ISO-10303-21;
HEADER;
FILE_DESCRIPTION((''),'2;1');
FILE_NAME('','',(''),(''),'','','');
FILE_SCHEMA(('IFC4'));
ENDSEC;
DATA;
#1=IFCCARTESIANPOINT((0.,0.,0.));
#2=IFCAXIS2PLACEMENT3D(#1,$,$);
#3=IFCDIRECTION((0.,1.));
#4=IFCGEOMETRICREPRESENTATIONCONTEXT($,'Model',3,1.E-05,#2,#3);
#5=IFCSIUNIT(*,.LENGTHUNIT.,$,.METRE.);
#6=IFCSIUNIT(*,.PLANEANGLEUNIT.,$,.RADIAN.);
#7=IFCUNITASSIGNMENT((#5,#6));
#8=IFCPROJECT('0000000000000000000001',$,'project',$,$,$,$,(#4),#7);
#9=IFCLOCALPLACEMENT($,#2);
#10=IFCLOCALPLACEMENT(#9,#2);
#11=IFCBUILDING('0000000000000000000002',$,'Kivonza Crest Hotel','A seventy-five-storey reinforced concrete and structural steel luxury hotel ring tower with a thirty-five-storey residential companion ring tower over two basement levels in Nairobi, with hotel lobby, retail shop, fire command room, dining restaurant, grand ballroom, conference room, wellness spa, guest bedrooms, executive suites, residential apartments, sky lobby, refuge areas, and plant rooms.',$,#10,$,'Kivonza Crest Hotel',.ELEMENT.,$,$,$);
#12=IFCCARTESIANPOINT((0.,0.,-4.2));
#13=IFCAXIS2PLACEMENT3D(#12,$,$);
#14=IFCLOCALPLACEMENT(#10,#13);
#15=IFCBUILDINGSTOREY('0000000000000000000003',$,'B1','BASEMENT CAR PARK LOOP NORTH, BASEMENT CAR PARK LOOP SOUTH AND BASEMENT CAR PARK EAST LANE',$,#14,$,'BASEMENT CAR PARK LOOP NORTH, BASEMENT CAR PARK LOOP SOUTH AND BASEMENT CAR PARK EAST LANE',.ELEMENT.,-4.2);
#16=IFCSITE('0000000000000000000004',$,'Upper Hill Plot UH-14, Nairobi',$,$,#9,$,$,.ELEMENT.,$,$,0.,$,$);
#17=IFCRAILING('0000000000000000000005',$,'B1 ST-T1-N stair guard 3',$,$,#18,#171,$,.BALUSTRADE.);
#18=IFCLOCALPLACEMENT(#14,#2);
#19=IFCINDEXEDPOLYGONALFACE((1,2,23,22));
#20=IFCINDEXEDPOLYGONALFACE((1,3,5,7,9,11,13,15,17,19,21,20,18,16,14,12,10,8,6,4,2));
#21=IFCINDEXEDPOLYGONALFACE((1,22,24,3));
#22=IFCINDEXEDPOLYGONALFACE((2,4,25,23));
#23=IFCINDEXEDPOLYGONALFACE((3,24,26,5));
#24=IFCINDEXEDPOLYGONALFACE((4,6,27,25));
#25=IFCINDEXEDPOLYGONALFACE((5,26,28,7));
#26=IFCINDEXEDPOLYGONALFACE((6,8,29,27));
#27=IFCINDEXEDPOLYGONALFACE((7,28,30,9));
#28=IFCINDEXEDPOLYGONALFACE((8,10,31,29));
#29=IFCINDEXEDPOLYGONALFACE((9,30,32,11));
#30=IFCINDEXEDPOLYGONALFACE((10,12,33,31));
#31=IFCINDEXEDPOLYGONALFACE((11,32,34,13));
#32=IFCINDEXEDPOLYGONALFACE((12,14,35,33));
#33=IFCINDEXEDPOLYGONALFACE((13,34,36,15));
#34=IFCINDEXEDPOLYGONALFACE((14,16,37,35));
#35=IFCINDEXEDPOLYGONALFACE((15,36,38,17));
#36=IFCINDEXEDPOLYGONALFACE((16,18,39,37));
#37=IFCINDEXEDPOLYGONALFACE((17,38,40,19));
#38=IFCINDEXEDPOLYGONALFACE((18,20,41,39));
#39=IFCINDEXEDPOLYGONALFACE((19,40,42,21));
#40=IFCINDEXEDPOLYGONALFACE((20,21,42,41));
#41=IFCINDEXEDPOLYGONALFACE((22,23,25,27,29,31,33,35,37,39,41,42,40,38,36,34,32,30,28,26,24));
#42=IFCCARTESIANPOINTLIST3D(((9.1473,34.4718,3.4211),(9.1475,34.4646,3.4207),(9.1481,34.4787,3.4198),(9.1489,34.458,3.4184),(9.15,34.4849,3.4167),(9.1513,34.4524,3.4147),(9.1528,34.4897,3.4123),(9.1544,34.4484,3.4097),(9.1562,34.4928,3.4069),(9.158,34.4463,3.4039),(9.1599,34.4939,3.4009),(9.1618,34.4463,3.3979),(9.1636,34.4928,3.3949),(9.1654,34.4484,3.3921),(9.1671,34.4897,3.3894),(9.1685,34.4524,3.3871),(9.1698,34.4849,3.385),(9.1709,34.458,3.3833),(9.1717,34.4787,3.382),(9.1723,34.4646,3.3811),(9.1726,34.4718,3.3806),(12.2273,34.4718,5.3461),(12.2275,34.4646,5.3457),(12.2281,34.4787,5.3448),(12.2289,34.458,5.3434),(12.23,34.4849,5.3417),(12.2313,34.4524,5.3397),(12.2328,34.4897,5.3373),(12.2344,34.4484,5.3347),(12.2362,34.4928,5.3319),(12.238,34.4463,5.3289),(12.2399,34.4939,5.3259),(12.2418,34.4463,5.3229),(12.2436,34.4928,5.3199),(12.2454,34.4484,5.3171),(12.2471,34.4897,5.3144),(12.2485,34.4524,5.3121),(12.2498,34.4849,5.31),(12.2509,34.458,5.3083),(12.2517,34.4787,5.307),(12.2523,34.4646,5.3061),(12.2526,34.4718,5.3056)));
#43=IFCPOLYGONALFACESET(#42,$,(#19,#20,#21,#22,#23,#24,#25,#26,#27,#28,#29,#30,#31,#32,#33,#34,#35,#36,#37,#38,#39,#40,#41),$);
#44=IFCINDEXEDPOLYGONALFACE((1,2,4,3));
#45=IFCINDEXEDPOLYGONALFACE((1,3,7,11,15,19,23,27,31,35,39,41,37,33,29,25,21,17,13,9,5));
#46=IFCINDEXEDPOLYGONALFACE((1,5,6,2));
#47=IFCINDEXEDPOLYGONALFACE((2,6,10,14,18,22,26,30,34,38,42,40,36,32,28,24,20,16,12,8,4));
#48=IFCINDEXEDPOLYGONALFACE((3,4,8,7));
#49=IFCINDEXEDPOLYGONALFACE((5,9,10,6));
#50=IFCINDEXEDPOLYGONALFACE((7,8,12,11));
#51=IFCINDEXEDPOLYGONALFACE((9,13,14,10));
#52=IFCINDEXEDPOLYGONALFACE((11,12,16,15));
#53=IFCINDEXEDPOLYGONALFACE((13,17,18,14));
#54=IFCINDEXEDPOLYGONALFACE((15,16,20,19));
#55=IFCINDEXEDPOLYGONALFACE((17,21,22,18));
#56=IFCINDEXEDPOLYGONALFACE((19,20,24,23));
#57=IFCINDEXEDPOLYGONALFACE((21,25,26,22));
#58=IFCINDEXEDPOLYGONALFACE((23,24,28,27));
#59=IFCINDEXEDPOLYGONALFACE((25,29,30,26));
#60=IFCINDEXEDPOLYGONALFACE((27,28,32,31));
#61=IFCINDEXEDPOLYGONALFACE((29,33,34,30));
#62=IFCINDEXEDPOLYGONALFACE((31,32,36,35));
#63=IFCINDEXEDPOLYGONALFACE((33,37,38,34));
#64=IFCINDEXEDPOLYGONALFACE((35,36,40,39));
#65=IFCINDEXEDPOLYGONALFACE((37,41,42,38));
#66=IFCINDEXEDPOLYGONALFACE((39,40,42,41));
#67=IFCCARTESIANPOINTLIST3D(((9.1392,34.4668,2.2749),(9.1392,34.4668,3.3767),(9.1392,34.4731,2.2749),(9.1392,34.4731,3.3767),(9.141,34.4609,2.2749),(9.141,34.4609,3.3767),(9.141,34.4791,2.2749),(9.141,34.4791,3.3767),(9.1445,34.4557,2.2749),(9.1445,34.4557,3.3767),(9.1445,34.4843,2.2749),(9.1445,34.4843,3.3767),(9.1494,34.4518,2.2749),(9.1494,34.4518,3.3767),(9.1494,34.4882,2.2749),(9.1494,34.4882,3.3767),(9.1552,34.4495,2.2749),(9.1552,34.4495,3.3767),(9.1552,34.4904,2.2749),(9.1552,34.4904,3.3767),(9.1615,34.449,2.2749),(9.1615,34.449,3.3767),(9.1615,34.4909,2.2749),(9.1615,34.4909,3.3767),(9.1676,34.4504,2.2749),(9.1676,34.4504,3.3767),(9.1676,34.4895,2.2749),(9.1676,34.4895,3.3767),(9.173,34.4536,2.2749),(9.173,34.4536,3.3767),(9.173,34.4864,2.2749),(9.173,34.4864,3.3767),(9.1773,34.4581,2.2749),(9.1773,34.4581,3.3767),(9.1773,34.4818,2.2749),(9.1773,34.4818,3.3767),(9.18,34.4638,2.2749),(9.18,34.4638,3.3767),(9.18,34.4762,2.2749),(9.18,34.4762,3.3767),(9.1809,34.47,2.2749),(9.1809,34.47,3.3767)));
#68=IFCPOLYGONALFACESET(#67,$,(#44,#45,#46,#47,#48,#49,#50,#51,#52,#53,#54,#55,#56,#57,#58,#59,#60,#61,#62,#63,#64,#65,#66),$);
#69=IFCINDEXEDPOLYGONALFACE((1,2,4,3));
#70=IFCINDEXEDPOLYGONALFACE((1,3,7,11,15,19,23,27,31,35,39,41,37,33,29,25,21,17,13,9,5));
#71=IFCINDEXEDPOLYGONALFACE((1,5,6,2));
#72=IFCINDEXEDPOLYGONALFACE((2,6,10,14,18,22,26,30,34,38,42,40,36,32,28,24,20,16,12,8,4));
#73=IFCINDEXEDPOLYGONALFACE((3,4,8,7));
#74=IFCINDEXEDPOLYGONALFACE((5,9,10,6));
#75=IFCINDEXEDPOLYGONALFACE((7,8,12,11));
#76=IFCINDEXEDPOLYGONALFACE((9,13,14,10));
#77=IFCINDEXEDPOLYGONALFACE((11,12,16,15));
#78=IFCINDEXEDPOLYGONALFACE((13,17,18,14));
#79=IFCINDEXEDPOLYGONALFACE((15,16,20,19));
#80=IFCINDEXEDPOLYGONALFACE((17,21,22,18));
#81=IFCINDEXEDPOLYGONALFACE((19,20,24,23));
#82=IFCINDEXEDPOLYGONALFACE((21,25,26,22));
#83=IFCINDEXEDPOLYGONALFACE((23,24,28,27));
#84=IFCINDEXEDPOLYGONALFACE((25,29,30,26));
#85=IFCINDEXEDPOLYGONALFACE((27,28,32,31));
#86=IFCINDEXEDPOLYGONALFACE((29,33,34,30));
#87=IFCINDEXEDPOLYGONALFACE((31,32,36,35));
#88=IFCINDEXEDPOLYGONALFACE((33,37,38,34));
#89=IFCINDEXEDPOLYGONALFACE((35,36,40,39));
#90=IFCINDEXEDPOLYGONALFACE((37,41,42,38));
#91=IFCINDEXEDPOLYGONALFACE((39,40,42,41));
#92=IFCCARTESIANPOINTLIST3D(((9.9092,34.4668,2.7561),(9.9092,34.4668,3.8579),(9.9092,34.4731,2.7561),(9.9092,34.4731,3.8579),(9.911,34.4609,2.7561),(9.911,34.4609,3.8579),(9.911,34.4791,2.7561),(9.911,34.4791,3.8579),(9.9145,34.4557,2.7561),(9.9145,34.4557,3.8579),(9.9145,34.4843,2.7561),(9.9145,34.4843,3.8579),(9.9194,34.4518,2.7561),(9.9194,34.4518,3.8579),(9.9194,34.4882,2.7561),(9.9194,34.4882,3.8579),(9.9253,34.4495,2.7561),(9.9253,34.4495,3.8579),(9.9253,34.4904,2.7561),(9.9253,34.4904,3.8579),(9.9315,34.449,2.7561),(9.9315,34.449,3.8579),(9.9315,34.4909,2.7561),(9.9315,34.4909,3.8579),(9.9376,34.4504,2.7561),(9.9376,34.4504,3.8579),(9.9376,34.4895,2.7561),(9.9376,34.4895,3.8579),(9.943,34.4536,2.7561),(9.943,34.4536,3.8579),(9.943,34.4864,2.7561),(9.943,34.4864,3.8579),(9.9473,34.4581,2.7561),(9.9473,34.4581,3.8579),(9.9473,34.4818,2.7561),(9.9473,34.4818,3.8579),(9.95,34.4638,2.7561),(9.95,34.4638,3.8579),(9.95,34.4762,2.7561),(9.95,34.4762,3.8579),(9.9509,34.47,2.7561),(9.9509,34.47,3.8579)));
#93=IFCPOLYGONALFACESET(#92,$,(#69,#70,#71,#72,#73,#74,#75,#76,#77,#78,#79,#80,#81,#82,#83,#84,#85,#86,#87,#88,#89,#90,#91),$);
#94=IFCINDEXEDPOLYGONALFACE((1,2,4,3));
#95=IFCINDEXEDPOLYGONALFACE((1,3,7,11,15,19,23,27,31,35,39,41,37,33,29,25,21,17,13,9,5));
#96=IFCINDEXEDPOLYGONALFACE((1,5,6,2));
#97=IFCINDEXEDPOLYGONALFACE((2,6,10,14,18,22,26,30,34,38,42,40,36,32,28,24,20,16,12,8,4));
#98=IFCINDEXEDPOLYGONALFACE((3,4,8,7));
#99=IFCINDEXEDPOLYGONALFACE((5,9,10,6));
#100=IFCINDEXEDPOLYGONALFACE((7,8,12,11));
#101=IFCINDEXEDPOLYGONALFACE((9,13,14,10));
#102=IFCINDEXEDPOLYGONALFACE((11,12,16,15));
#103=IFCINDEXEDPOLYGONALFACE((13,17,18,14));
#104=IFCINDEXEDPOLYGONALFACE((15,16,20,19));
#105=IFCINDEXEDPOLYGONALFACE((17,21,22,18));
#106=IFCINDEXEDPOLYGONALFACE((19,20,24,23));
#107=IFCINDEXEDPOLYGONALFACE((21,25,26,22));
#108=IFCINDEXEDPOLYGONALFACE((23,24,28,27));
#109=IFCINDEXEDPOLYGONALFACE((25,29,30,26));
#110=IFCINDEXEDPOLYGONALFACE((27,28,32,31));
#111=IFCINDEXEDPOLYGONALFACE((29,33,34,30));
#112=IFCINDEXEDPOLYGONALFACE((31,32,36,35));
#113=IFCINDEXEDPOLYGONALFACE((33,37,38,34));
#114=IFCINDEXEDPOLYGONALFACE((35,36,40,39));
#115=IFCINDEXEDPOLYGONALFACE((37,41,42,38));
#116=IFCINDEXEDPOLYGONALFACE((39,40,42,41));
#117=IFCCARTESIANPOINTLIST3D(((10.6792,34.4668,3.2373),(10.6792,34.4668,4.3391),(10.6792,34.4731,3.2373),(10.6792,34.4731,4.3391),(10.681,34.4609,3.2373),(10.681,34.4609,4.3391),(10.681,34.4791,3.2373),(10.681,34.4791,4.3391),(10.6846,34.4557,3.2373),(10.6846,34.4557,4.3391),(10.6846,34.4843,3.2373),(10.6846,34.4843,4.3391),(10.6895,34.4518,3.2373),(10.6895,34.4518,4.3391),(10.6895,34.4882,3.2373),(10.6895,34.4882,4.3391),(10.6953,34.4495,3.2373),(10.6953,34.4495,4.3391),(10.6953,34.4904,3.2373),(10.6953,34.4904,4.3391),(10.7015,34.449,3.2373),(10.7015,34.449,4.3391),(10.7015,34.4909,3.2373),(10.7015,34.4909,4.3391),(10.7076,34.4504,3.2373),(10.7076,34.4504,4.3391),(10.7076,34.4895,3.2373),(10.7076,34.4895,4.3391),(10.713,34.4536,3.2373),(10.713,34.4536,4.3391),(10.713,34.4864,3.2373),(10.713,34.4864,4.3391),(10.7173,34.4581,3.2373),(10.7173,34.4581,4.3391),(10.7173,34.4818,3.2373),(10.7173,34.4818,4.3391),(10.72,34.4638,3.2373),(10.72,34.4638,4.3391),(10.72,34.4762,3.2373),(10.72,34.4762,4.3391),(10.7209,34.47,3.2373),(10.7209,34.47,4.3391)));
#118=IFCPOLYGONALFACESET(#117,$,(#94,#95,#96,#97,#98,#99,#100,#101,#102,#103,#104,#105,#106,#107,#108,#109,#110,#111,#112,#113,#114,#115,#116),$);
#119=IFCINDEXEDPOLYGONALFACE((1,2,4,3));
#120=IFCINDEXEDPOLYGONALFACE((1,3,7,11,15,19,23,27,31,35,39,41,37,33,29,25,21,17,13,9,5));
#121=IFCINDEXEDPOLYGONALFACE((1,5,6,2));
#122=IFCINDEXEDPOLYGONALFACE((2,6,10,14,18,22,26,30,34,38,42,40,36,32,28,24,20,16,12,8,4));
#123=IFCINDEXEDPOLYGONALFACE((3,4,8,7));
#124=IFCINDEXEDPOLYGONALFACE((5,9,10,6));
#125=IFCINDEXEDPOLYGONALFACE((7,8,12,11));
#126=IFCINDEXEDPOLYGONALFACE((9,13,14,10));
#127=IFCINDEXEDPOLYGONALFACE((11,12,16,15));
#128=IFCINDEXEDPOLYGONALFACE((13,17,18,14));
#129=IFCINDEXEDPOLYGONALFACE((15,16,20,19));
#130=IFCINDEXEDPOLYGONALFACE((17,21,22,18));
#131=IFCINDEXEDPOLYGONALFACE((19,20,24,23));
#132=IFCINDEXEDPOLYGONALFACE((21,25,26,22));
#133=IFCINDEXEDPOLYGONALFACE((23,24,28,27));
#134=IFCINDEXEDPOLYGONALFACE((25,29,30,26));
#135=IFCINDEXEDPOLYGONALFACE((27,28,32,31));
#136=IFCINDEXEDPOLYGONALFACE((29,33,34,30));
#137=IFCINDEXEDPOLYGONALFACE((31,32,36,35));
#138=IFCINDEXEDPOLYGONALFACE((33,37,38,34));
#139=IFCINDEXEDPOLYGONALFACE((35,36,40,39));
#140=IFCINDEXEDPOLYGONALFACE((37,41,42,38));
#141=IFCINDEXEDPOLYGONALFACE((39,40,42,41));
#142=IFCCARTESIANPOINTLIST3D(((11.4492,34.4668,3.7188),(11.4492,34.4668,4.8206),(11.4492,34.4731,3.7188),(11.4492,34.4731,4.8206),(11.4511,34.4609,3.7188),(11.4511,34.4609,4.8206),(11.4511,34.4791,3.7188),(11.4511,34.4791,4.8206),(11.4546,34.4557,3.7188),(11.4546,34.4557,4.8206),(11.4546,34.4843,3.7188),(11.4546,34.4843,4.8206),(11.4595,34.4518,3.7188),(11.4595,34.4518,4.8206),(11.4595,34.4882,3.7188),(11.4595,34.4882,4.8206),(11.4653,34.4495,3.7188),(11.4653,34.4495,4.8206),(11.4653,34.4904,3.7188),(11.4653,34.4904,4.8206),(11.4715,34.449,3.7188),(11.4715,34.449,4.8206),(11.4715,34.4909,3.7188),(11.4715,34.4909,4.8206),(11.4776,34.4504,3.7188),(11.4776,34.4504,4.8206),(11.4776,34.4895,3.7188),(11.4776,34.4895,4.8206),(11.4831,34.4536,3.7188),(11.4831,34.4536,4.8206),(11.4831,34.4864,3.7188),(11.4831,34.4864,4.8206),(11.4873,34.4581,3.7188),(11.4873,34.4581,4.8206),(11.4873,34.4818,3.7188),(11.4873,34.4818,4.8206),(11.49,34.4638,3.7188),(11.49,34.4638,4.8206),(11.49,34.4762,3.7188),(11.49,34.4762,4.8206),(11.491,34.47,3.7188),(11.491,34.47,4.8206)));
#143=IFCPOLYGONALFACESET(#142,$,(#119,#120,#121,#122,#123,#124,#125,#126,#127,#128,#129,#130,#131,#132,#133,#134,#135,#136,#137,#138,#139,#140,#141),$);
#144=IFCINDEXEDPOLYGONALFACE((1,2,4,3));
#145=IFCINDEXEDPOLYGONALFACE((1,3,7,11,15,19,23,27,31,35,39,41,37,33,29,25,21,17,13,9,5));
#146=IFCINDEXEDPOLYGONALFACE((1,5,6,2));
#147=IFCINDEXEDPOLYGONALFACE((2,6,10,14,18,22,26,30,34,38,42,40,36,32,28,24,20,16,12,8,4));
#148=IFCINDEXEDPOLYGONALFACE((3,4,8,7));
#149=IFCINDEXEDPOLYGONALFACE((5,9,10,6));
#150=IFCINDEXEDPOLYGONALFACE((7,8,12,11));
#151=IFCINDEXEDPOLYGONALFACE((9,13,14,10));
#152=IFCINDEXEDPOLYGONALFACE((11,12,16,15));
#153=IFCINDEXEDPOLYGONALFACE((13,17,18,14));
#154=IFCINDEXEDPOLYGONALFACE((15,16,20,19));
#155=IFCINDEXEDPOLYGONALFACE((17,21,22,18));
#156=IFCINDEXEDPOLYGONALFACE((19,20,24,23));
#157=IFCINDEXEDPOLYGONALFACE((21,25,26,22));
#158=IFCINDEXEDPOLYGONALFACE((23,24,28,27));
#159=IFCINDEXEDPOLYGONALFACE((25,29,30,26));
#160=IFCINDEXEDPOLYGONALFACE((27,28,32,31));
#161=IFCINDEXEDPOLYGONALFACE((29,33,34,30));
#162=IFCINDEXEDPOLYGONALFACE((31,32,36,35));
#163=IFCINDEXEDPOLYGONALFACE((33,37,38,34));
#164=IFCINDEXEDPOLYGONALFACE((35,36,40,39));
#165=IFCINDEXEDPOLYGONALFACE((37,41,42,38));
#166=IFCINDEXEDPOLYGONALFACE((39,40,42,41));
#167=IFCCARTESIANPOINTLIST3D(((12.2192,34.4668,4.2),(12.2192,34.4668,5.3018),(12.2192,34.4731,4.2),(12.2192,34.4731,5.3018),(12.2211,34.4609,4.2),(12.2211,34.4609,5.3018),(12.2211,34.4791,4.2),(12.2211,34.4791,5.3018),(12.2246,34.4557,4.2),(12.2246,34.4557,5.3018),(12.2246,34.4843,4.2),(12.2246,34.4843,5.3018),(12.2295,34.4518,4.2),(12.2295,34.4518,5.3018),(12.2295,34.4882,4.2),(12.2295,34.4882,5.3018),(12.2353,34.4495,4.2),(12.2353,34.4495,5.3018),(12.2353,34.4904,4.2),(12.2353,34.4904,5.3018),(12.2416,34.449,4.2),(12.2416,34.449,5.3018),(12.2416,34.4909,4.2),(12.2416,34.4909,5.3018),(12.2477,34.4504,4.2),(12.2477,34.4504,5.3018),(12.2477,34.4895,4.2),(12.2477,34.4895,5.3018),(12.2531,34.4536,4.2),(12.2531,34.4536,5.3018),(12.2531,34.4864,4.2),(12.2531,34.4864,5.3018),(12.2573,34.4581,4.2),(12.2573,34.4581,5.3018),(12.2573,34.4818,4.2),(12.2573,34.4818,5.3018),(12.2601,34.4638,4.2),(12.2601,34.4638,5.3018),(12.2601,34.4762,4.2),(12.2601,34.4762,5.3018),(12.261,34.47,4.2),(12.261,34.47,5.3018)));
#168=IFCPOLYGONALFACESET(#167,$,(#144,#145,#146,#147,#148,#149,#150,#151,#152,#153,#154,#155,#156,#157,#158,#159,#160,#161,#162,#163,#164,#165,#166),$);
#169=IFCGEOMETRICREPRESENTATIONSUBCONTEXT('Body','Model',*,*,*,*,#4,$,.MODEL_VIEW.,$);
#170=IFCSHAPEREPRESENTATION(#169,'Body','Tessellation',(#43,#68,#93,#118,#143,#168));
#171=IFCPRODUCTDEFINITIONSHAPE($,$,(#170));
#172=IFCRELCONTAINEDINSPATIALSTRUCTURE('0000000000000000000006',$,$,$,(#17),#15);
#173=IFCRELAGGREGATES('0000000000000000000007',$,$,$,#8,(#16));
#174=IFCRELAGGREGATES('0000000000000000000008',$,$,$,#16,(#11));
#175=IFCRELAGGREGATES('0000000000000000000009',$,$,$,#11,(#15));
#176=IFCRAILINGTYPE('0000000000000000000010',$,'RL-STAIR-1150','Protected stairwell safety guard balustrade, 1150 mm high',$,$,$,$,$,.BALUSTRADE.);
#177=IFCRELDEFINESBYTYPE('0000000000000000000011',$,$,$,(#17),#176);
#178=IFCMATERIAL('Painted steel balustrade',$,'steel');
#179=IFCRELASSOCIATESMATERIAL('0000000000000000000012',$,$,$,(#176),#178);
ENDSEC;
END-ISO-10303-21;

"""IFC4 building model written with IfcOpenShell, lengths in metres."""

from ifc_helpers import new_model, si_unit, direction, frame, origin, origin_2d, place, context, subcontext, project, spatial, circle, extrude, material, type_object, element, save


model = new_model("IFC4")

# Units and contexts
model_context = context("Model", 3, precision=1e-05, world=origin(), true_north=direction((0.0, 1.0)))
body_context = subcontext(model_context, "Body", "Model", "MODEL_VIEW")
ifc_project = project(units=[si_unit("LENGTHUNIT", "METRE"), si_unit("PLANEANGLEUNIT", "RADIAN")], contexts=[model_context])

# Site, building, storey
site_placement = place(None, origin())
site = spatial("IfcSite", under=ifc_project, at=site_placement, Name="Upper Hill Plot UH-14, Nairobi", CompositionType="ELEMENT", RefElevation=0.0)
building_placement = place(site_placement, origin())
building = spatial("IfcBuilding", under=site, at=building_placement, Name="Kivonza Crest Hotel", Description="A seventy-five-storey reinforced concrete and structural steel luxury hotel ring tower with a thirty-five-storey residential companion ring tower over two basement levels in Nairobi, with hotel lobby, retail shop, fire command room, dining restaurant, grand ballroom, conference room, wellness spa, guest bedrooms, executive suites, residential apartments, sky lobby, refuge areas, and plant rooms.", LongName="Kivonza Crest Hotel", CompositionType="ELEMENT")
storey_placement = place(building_placement, frame((0.0, 0.0, -4.2)))
storey = spatial("IfcBuildingStorey", under=building, at=storey_placement, Name="B1", Description="BASEMENT CAR PARK LOOP NORTH, BASEMENT CAR PARK LOOP SOUTH AND BASEMENT CAR PARK EAST LANE", LongName="BASEMENT CAR PARK LOOP NORTH, BASEMENT CAR PARK LOOP SOUTH AND BASEMENT CAR PARK EAST LANE", CompositionType="ELEMENT", Elevation=-4.2)

# Railing
ifc_material_1 = material(Name="Painted steel balustrade", Category="steel")
railing_type_1 = type_object("IfcRailingType", Name="RL-STAIR-1150", Description="Protected stairwell safety guard balustrade, 1150 mm high", PredefinedType="BALUSTRADE", material=ifc_material_1)
railing_1_placement = place(storey_placement, frame((9.1599, 34.47, 2.2749)))
element("IfcRailing", 1, at=railing_1_placement, inside=storey, type_object=railing_type_1, Name="B1 ST-T1-N stair guard 3", PredefinedType="BALUSTRADE", context=body_context, shape_type="SweptSolid", body=[
    extrude(circle(Radius=0.0239, at=origin_2d()), frame((0.0, 0.0, 1.126), z_axis=(0.847998, 0.0, 0.529999), x_axis=(0.0, 1.0, 0.0)), (0.0, 0.0, 1.0), 3.6321),
    extrude(circle(Radius=0.021, at=origin_2d()), origin(), (0.0, 0.0, 1.0), 1.1018),
    extrude(circle(Radius=0.021, at=origin_2d()), frame((0.77, 0.0, 0.4812)), (0.0, 0.0, 1.0), 1.1018),
    extrude(circle(Radius=0.021, at=origin_2d()), frame((1.54, 0.0, 0.9624)), (0.0, 0.0, 1.0), 1.1018),
    extrude(circle(Radius=0.021, at=origin_2d()), frame((2.3101, 0.0, 1.4438)), (0.0, 0.0, 1.0), 1.1018),
    extrude(circle(Radius=0.021, at=origin_2d()), frame((3.0801, 0.0, 1.925)), (0.0, 0.0, 1.0), 1.1018),
])

save(model, "model.ifc")
